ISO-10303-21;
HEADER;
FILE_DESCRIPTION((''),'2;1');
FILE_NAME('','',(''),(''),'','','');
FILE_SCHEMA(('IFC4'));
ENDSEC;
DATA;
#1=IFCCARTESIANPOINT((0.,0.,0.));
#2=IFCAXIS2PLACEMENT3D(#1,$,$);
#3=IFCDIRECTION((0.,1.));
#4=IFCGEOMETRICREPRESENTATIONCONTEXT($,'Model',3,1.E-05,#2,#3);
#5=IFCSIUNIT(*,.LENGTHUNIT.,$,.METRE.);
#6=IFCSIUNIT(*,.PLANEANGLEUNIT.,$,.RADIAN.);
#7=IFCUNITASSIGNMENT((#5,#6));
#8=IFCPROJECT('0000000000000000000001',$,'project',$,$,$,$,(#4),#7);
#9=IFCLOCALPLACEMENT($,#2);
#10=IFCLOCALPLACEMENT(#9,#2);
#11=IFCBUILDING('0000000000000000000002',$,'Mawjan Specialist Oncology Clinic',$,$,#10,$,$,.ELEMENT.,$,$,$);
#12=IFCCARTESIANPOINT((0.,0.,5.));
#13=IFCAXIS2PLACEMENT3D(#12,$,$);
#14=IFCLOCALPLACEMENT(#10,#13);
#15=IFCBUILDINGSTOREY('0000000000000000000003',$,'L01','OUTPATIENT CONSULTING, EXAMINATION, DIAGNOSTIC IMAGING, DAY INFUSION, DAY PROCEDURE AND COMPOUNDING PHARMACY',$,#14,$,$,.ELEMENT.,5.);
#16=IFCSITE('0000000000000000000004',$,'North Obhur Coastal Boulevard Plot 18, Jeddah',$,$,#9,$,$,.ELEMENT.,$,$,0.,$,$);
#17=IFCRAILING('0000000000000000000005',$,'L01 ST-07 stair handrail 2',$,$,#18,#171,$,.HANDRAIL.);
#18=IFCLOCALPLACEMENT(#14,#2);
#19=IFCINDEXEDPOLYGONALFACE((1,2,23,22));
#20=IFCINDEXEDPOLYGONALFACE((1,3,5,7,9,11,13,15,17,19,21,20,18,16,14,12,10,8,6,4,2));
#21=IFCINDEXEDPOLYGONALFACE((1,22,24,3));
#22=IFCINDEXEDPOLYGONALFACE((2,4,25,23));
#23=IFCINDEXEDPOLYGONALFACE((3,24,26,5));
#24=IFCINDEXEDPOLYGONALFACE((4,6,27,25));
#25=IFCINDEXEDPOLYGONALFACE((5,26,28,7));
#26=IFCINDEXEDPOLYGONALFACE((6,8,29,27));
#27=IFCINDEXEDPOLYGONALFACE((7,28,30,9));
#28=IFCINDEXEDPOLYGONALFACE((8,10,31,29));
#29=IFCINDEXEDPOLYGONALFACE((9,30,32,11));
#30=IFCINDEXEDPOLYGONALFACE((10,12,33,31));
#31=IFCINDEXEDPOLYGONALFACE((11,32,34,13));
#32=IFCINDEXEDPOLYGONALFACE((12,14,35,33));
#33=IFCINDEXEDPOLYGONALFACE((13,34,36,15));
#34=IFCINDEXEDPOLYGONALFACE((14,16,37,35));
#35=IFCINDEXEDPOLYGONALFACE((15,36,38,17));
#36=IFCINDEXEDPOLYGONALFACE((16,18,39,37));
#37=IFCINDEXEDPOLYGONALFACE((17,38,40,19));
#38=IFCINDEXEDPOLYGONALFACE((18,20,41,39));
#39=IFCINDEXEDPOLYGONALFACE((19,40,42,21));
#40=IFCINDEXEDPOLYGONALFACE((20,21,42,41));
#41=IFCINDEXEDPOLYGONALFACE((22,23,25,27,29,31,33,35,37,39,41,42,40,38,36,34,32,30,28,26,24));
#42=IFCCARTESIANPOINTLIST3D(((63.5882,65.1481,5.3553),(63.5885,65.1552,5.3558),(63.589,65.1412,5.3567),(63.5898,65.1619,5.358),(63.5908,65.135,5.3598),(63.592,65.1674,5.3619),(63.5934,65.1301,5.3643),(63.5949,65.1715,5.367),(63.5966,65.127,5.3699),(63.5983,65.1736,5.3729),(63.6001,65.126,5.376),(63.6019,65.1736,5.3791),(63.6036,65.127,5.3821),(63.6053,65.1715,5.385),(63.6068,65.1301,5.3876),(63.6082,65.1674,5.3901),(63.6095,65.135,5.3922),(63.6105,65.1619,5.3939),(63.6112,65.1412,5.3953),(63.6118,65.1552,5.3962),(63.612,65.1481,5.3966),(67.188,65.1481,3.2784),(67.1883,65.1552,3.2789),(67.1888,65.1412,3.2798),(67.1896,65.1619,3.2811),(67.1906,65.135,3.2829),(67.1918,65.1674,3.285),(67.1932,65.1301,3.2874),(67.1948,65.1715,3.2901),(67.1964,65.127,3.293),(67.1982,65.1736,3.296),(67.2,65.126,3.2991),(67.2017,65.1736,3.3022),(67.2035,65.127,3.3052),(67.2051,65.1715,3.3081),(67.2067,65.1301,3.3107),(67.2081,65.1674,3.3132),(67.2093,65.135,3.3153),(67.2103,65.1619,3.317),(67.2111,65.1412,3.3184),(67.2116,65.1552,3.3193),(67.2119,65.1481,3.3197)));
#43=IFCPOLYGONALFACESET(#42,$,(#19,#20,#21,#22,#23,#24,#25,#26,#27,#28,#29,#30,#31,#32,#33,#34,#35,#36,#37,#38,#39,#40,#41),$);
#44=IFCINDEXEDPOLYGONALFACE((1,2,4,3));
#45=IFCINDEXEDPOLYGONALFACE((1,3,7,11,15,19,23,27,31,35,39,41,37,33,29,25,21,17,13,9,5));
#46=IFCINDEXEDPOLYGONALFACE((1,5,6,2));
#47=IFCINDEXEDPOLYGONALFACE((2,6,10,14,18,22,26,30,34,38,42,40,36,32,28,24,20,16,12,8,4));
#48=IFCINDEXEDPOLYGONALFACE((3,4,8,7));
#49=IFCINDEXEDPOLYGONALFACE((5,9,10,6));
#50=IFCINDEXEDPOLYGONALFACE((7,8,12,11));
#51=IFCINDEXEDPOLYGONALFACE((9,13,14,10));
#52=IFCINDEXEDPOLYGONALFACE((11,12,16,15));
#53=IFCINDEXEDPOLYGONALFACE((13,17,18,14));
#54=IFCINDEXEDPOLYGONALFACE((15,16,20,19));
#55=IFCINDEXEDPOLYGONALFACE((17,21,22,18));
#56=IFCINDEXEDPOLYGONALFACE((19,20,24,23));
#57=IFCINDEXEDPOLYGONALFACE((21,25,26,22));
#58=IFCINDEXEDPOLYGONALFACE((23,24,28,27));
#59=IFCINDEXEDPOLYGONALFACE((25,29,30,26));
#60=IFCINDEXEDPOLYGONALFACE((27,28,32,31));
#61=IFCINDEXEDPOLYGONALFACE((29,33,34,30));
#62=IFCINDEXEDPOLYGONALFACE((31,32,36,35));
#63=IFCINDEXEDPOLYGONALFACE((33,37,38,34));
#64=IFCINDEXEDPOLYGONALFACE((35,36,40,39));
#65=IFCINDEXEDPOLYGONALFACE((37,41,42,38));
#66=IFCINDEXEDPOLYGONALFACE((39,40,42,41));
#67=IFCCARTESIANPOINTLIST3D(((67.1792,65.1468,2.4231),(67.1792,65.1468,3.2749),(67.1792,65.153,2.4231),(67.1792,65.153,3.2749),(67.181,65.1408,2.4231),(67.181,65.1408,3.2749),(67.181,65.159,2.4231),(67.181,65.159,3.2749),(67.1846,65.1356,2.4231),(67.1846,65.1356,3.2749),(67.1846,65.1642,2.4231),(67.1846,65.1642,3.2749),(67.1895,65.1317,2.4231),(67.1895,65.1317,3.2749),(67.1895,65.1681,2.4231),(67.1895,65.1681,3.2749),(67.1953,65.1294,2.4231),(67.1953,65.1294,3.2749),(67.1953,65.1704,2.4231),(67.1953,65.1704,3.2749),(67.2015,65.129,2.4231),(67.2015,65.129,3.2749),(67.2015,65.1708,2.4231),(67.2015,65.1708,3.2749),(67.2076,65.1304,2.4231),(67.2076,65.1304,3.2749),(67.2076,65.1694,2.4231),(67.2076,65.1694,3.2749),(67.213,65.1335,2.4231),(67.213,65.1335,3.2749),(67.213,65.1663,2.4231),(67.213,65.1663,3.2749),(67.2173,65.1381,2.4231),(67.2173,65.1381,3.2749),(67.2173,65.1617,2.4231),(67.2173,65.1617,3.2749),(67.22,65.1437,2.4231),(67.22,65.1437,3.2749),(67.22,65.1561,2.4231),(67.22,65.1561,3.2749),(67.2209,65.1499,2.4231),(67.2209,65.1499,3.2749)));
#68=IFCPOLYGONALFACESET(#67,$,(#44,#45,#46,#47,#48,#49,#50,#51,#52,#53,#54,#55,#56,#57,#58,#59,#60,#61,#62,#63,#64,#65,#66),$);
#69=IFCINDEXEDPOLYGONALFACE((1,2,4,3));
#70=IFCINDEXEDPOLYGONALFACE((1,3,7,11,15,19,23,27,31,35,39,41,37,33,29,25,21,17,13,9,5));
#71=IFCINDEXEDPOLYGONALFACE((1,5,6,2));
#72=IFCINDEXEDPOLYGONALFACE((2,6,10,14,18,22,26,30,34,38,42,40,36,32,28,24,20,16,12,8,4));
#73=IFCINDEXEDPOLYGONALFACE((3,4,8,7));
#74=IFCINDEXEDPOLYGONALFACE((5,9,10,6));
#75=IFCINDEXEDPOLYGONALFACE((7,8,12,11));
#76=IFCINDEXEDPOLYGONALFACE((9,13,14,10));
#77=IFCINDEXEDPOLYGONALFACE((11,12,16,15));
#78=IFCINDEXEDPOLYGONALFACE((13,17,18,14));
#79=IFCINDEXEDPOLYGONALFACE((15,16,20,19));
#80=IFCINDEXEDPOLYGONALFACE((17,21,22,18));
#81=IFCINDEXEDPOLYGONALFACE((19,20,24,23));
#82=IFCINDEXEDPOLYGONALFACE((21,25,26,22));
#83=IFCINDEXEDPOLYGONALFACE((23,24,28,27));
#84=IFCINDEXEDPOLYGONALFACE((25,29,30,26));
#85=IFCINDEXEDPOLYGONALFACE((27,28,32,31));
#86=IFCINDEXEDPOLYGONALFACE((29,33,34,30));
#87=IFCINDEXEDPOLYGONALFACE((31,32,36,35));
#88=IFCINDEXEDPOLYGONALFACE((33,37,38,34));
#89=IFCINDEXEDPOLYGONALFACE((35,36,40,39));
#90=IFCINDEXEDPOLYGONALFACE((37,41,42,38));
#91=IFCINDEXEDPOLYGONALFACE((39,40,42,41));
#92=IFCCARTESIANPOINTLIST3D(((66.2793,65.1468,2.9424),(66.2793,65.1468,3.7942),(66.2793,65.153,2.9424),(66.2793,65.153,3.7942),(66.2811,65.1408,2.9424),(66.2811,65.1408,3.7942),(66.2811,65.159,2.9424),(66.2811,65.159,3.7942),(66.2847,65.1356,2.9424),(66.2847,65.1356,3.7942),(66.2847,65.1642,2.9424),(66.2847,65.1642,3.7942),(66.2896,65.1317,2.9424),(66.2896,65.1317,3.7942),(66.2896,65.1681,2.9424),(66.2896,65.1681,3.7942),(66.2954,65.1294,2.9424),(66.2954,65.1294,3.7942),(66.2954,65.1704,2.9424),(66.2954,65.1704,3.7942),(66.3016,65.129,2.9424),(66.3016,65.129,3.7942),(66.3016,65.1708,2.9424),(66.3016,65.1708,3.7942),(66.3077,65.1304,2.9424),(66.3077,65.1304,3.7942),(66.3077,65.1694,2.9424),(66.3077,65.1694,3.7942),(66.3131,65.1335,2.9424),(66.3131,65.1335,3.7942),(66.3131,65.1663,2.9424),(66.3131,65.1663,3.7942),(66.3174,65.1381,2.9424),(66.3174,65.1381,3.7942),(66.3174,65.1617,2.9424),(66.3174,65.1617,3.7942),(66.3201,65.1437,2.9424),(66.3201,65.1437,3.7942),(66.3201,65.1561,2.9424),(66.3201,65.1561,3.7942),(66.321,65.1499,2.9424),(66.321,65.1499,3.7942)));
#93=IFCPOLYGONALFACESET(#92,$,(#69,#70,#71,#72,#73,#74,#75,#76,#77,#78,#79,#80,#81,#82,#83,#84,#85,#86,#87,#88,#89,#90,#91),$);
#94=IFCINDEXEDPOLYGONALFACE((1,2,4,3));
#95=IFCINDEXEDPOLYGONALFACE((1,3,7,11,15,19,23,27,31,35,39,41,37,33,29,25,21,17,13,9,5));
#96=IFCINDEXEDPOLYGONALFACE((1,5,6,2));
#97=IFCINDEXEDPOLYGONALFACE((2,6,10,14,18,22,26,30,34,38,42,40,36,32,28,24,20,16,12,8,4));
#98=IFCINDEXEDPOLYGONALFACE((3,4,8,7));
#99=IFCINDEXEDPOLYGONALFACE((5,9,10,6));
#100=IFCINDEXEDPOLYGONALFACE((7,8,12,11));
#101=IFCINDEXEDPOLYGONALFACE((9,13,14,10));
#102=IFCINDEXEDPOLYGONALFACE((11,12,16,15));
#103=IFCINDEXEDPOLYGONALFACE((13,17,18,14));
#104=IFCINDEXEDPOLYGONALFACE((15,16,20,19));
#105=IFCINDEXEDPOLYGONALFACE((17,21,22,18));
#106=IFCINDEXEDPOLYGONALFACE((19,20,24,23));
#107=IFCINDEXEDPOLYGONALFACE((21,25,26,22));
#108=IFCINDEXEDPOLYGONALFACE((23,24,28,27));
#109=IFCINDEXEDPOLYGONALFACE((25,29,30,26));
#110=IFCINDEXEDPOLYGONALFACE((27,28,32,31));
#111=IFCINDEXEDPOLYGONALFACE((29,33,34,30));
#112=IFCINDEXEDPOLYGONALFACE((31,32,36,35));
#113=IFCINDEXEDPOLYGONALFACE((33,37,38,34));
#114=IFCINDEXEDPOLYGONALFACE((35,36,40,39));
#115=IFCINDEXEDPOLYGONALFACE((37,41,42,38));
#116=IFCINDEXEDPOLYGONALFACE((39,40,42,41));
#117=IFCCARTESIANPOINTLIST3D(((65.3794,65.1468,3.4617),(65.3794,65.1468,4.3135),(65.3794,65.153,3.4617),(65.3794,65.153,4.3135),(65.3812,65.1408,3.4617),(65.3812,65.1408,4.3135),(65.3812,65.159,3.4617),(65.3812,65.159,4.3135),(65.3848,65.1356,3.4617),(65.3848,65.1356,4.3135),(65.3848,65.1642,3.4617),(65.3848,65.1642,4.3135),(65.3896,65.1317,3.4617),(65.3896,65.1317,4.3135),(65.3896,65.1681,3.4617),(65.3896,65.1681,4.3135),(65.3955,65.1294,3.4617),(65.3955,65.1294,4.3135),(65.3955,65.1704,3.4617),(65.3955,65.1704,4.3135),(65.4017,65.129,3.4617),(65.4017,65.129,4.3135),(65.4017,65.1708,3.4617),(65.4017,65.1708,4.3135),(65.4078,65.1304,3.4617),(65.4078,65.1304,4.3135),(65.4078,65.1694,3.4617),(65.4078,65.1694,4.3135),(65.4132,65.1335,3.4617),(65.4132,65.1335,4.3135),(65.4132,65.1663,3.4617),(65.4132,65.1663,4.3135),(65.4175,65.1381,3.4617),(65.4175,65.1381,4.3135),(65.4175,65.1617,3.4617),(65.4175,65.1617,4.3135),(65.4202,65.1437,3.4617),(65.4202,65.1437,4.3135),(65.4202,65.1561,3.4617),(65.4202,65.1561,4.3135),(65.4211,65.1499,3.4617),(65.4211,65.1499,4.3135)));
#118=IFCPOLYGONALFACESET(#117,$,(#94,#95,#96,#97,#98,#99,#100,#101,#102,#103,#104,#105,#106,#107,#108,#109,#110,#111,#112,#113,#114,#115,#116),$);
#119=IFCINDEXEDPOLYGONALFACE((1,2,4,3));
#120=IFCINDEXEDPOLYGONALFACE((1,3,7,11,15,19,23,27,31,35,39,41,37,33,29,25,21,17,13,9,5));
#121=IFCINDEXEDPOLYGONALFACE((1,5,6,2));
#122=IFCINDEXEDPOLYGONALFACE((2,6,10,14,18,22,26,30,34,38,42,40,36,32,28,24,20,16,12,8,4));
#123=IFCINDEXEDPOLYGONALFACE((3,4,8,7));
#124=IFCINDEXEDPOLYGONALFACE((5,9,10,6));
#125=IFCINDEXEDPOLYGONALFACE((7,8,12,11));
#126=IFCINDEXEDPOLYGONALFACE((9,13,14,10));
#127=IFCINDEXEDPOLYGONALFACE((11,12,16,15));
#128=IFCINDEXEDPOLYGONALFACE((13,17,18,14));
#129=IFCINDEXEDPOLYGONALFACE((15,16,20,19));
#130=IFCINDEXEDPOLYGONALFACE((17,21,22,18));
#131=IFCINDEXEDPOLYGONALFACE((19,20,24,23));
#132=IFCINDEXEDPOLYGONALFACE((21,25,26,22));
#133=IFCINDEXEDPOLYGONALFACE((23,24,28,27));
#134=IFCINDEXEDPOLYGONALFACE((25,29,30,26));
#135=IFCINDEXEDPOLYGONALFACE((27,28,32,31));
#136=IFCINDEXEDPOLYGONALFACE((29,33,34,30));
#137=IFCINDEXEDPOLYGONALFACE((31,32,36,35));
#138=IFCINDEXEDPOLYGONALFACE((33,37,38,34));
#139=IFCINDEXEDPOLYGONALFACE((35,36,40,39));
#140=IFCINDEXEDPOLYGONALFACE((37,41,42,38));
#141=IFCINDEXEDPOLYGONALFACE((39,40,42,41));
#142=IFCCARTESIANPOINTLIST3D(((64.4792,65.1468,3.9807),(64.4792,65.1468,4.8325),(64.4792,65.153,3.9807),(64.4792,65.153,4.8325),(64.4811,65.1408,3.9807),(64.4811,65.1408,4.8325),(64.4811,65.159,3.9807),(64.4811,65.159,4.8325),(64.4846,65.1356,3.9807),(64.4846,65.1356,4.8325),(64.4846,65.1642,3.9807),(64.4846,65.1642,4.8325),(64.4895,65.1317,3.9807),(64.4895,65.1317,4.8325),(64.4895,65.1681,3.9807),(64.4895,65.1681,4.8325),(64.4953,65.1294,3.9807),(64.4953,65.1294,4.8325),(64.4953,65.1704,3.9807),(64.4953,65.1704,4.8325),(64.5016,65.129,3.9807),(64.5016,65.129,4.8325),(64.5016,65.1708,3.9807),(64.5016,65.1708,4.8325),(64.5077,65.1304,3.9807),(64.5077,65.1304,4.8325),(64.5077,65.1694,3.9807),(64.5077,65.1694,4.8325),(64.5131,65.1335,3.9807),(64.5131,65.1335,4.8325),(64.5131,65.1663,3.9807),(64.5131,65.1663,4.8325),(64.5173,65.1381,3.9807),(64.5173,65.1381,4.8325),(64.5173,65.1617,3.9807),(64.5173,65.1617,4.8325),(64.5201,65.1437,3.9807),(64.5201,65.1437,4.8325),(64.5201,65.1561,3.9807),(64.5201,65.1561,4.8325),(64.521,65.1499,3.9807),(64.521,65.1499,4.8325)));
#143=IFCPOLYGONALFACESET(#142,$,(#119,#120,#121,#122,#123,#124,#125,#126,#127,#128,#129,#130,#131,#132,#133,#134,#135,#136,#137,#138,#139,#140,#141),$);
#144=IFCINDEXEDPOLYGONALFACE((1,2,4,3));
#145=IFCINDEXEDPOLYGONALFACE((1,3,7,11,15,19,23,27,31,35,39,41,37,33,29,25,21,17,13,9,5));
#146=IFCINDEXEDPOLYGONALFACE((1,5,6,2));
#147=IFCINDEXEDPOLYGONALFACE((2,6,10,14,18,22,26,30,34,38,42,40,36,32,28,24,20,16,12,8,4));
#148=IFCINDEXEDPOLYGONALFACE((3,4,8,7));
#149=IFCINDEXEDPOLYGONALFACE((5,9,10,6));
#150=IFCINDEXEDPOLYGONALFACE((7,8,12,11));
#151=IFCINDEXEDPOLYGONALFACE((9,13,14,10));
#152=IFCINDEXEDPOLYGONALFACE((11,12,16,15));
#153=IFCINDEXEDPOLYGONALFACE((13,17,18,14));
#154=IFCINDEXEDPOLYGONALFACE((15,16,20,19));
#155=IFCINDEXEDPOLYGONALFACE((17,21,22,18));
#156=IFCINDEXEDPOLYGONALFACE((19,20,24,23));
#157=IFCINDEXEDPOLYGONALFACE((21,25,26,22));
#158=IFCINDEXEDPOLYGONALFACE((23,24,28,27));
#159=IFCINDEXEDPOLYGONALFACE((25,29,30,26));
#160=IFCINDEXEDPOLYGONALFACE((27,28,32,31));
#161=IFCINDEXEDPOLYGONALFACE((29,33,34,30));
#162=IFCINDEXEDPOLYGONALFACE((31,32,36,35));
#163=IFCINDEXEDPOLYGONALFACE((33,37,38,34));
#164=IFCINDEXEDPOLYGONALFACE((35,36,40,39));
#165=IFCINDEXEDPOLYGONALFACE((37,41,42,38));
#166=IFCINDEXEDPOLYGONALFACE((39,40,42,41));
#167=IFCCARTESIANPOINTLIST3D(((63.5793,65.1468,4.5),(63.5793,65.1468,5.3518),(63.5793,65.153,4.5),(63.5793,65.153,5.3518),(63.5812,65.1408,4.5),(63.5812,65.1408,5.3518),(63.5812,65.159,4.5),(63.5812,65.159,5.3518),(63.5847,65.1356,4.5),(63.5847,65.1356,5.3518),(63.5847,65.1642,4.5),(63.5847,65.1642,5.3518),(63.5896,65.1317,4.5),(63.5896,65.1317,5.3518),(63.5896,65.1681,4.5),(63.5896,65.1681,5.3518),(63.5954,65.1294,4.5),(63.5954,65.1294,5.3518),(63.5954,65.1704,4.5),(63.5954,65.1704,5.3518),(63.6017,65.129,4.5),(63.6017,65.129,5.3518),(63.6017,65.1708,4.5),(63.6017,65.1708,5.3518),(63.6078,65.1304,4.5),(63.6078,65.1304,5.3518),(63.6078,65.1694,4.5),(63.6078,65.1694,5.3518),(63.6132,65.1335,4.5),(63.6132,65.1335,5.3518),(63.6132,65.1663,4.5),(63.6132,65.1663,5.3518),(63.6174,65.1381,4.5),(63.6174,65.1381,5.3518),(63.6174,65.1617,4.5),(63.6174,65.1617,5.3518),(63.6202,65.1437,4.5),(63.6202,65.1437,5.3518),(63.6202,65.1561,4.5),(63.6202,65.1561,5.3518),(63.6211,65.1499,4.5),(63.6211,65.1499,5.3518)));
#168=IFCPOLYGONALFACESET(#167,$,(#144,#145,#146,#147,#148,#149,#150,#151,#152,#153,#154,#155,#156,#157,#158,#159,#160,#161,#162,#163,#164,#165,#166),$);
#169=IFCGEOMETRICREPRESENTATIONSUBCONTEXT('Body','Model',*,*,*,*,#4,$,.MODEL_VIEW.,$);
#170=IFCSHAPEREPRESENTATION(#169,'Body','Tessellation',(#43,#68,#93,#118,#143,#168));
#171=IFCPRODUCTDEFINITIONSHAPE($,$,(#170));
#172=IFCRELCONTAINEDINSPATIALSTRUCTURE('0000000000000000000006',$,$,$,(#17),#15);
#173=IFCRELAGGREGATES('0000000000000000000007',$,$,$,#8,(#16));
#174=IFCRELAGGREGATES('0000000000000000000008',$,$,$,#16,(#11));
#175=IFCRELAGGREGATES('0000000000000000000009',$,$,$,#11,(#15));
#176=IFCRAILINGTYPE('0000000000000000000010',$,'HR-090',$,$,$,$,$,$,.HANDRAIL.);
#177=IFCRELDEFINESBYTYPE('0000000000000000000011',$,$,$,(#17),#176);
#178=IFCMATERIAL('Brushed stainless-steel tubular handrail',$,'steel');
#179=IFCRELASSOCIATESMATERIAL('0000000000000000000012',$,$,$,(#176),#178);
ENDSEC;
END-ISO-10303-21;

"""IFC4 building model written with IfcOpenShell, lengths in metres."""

from ifc_helpers import new_model, si_unit, direction, frame, origin, origin_2d, place, context, subcontext, project, spatial, circle, extrude, material, type_object, element, save


model = new_model("IFC4")

# Units and contexts
model_context = context("Model", 3, precision=1e-05, world=origin(), true_north=direction((0.0, 1.0)))
body_context = subcontext(model_context, "Body", "Model", "MODEL_VIEW")
ifc_project = project(units=[si_unit("LENGTHUNIT", "METRE"), si_unit("PLANEANGLEUNIT", "RADIAN")], contexts=[model_context])

# Site, building, storey
site_placement = place(None, origin())
site = spatial("IfcSite", under=ifc_project, at=site_placement, Name="North Obhur Coastal Boulevard Plot 18, Jeddah", CompositionType="ELEMENT", RefElevation=0.0)
building_placement = place(site_placement, origin())
building = spatial("IfcBuilding", under=site, at=building_placement, Name="Mawjan Specialist Oncology Clinic", CompositionType="ELEMENT")
storey_placement = place(building_placement, frame((0.0, 0.0, 5.0)))
storey = spatial("IfcBuildingStorey", under=building, at=storey_placement, Name="L01", Description="OUTPATIENT CONSULTING, EXAMINATION, DIAGNOSTIC IMAGING, DAY INFUSION, DAY PROCEDURE AND COMPOUNDING PHARMACY", CompositionType="ELEMENT", Elevation=5.0)

# Railing
ifc_material_1 = material(Name="Brushed stainless-steel tubular handrail", Category="steel")
railing_type_1 = type_object("IfcRailingType", Name="HR-090", PredefinedType="HANDRAIL", material=ifc_material_1)
railing_1_placement = place(storey_placement, frame((67.2, 65.1499, 2.4231)))
element("IfcRailing", 1, at=railing_1_placement, inside=storey, type_object=railing_type_1, Name="L01 ST-07 stair handrail 2", PredefinedType="HANDRAIL", context=body_context, shape_type="SweptSolid", body=[
    extrude(circle(Radius=0.0239, at=origin_2d()), frame((0.0, 0.0, 0.876), z_axis=(-0.866179, 0.0, 0.499734), x_axis=(0.0, -1.0, 0.0)), (0.0, 0.0, 1.0), 4.156),
    extrude(circle(Radius=0.021, at=origin_2d()), origin(), (0.0, 0.0, 1.0), 0.8518),
    extrude(circle(Radius=0.021, at=origin_2d()), frame((-0.8999, 0.0, 0.5193)), (0.0, 0.0, 1.0), 0.8518),
    extrude(circle(Radius=0.021, at=origin_2d()), frame((-1.7998, 0.0, 1.0386)), (0.0, 0.0, 1.0), 0.8518),
    extrude(circle(Radius=0.021, at=origin_2d()), frame((-2.7, 0.0, 1.5576)), (0.0, 0.0, 1.0), 0.8518),
    extrude(circle(Radius=0.021, at=origin_2d()), frame((-3.5999, 0.0, 2.0769)), (0.0, 0.0, 1.0), 0.8518),
])

save(model, "model.ifc")
